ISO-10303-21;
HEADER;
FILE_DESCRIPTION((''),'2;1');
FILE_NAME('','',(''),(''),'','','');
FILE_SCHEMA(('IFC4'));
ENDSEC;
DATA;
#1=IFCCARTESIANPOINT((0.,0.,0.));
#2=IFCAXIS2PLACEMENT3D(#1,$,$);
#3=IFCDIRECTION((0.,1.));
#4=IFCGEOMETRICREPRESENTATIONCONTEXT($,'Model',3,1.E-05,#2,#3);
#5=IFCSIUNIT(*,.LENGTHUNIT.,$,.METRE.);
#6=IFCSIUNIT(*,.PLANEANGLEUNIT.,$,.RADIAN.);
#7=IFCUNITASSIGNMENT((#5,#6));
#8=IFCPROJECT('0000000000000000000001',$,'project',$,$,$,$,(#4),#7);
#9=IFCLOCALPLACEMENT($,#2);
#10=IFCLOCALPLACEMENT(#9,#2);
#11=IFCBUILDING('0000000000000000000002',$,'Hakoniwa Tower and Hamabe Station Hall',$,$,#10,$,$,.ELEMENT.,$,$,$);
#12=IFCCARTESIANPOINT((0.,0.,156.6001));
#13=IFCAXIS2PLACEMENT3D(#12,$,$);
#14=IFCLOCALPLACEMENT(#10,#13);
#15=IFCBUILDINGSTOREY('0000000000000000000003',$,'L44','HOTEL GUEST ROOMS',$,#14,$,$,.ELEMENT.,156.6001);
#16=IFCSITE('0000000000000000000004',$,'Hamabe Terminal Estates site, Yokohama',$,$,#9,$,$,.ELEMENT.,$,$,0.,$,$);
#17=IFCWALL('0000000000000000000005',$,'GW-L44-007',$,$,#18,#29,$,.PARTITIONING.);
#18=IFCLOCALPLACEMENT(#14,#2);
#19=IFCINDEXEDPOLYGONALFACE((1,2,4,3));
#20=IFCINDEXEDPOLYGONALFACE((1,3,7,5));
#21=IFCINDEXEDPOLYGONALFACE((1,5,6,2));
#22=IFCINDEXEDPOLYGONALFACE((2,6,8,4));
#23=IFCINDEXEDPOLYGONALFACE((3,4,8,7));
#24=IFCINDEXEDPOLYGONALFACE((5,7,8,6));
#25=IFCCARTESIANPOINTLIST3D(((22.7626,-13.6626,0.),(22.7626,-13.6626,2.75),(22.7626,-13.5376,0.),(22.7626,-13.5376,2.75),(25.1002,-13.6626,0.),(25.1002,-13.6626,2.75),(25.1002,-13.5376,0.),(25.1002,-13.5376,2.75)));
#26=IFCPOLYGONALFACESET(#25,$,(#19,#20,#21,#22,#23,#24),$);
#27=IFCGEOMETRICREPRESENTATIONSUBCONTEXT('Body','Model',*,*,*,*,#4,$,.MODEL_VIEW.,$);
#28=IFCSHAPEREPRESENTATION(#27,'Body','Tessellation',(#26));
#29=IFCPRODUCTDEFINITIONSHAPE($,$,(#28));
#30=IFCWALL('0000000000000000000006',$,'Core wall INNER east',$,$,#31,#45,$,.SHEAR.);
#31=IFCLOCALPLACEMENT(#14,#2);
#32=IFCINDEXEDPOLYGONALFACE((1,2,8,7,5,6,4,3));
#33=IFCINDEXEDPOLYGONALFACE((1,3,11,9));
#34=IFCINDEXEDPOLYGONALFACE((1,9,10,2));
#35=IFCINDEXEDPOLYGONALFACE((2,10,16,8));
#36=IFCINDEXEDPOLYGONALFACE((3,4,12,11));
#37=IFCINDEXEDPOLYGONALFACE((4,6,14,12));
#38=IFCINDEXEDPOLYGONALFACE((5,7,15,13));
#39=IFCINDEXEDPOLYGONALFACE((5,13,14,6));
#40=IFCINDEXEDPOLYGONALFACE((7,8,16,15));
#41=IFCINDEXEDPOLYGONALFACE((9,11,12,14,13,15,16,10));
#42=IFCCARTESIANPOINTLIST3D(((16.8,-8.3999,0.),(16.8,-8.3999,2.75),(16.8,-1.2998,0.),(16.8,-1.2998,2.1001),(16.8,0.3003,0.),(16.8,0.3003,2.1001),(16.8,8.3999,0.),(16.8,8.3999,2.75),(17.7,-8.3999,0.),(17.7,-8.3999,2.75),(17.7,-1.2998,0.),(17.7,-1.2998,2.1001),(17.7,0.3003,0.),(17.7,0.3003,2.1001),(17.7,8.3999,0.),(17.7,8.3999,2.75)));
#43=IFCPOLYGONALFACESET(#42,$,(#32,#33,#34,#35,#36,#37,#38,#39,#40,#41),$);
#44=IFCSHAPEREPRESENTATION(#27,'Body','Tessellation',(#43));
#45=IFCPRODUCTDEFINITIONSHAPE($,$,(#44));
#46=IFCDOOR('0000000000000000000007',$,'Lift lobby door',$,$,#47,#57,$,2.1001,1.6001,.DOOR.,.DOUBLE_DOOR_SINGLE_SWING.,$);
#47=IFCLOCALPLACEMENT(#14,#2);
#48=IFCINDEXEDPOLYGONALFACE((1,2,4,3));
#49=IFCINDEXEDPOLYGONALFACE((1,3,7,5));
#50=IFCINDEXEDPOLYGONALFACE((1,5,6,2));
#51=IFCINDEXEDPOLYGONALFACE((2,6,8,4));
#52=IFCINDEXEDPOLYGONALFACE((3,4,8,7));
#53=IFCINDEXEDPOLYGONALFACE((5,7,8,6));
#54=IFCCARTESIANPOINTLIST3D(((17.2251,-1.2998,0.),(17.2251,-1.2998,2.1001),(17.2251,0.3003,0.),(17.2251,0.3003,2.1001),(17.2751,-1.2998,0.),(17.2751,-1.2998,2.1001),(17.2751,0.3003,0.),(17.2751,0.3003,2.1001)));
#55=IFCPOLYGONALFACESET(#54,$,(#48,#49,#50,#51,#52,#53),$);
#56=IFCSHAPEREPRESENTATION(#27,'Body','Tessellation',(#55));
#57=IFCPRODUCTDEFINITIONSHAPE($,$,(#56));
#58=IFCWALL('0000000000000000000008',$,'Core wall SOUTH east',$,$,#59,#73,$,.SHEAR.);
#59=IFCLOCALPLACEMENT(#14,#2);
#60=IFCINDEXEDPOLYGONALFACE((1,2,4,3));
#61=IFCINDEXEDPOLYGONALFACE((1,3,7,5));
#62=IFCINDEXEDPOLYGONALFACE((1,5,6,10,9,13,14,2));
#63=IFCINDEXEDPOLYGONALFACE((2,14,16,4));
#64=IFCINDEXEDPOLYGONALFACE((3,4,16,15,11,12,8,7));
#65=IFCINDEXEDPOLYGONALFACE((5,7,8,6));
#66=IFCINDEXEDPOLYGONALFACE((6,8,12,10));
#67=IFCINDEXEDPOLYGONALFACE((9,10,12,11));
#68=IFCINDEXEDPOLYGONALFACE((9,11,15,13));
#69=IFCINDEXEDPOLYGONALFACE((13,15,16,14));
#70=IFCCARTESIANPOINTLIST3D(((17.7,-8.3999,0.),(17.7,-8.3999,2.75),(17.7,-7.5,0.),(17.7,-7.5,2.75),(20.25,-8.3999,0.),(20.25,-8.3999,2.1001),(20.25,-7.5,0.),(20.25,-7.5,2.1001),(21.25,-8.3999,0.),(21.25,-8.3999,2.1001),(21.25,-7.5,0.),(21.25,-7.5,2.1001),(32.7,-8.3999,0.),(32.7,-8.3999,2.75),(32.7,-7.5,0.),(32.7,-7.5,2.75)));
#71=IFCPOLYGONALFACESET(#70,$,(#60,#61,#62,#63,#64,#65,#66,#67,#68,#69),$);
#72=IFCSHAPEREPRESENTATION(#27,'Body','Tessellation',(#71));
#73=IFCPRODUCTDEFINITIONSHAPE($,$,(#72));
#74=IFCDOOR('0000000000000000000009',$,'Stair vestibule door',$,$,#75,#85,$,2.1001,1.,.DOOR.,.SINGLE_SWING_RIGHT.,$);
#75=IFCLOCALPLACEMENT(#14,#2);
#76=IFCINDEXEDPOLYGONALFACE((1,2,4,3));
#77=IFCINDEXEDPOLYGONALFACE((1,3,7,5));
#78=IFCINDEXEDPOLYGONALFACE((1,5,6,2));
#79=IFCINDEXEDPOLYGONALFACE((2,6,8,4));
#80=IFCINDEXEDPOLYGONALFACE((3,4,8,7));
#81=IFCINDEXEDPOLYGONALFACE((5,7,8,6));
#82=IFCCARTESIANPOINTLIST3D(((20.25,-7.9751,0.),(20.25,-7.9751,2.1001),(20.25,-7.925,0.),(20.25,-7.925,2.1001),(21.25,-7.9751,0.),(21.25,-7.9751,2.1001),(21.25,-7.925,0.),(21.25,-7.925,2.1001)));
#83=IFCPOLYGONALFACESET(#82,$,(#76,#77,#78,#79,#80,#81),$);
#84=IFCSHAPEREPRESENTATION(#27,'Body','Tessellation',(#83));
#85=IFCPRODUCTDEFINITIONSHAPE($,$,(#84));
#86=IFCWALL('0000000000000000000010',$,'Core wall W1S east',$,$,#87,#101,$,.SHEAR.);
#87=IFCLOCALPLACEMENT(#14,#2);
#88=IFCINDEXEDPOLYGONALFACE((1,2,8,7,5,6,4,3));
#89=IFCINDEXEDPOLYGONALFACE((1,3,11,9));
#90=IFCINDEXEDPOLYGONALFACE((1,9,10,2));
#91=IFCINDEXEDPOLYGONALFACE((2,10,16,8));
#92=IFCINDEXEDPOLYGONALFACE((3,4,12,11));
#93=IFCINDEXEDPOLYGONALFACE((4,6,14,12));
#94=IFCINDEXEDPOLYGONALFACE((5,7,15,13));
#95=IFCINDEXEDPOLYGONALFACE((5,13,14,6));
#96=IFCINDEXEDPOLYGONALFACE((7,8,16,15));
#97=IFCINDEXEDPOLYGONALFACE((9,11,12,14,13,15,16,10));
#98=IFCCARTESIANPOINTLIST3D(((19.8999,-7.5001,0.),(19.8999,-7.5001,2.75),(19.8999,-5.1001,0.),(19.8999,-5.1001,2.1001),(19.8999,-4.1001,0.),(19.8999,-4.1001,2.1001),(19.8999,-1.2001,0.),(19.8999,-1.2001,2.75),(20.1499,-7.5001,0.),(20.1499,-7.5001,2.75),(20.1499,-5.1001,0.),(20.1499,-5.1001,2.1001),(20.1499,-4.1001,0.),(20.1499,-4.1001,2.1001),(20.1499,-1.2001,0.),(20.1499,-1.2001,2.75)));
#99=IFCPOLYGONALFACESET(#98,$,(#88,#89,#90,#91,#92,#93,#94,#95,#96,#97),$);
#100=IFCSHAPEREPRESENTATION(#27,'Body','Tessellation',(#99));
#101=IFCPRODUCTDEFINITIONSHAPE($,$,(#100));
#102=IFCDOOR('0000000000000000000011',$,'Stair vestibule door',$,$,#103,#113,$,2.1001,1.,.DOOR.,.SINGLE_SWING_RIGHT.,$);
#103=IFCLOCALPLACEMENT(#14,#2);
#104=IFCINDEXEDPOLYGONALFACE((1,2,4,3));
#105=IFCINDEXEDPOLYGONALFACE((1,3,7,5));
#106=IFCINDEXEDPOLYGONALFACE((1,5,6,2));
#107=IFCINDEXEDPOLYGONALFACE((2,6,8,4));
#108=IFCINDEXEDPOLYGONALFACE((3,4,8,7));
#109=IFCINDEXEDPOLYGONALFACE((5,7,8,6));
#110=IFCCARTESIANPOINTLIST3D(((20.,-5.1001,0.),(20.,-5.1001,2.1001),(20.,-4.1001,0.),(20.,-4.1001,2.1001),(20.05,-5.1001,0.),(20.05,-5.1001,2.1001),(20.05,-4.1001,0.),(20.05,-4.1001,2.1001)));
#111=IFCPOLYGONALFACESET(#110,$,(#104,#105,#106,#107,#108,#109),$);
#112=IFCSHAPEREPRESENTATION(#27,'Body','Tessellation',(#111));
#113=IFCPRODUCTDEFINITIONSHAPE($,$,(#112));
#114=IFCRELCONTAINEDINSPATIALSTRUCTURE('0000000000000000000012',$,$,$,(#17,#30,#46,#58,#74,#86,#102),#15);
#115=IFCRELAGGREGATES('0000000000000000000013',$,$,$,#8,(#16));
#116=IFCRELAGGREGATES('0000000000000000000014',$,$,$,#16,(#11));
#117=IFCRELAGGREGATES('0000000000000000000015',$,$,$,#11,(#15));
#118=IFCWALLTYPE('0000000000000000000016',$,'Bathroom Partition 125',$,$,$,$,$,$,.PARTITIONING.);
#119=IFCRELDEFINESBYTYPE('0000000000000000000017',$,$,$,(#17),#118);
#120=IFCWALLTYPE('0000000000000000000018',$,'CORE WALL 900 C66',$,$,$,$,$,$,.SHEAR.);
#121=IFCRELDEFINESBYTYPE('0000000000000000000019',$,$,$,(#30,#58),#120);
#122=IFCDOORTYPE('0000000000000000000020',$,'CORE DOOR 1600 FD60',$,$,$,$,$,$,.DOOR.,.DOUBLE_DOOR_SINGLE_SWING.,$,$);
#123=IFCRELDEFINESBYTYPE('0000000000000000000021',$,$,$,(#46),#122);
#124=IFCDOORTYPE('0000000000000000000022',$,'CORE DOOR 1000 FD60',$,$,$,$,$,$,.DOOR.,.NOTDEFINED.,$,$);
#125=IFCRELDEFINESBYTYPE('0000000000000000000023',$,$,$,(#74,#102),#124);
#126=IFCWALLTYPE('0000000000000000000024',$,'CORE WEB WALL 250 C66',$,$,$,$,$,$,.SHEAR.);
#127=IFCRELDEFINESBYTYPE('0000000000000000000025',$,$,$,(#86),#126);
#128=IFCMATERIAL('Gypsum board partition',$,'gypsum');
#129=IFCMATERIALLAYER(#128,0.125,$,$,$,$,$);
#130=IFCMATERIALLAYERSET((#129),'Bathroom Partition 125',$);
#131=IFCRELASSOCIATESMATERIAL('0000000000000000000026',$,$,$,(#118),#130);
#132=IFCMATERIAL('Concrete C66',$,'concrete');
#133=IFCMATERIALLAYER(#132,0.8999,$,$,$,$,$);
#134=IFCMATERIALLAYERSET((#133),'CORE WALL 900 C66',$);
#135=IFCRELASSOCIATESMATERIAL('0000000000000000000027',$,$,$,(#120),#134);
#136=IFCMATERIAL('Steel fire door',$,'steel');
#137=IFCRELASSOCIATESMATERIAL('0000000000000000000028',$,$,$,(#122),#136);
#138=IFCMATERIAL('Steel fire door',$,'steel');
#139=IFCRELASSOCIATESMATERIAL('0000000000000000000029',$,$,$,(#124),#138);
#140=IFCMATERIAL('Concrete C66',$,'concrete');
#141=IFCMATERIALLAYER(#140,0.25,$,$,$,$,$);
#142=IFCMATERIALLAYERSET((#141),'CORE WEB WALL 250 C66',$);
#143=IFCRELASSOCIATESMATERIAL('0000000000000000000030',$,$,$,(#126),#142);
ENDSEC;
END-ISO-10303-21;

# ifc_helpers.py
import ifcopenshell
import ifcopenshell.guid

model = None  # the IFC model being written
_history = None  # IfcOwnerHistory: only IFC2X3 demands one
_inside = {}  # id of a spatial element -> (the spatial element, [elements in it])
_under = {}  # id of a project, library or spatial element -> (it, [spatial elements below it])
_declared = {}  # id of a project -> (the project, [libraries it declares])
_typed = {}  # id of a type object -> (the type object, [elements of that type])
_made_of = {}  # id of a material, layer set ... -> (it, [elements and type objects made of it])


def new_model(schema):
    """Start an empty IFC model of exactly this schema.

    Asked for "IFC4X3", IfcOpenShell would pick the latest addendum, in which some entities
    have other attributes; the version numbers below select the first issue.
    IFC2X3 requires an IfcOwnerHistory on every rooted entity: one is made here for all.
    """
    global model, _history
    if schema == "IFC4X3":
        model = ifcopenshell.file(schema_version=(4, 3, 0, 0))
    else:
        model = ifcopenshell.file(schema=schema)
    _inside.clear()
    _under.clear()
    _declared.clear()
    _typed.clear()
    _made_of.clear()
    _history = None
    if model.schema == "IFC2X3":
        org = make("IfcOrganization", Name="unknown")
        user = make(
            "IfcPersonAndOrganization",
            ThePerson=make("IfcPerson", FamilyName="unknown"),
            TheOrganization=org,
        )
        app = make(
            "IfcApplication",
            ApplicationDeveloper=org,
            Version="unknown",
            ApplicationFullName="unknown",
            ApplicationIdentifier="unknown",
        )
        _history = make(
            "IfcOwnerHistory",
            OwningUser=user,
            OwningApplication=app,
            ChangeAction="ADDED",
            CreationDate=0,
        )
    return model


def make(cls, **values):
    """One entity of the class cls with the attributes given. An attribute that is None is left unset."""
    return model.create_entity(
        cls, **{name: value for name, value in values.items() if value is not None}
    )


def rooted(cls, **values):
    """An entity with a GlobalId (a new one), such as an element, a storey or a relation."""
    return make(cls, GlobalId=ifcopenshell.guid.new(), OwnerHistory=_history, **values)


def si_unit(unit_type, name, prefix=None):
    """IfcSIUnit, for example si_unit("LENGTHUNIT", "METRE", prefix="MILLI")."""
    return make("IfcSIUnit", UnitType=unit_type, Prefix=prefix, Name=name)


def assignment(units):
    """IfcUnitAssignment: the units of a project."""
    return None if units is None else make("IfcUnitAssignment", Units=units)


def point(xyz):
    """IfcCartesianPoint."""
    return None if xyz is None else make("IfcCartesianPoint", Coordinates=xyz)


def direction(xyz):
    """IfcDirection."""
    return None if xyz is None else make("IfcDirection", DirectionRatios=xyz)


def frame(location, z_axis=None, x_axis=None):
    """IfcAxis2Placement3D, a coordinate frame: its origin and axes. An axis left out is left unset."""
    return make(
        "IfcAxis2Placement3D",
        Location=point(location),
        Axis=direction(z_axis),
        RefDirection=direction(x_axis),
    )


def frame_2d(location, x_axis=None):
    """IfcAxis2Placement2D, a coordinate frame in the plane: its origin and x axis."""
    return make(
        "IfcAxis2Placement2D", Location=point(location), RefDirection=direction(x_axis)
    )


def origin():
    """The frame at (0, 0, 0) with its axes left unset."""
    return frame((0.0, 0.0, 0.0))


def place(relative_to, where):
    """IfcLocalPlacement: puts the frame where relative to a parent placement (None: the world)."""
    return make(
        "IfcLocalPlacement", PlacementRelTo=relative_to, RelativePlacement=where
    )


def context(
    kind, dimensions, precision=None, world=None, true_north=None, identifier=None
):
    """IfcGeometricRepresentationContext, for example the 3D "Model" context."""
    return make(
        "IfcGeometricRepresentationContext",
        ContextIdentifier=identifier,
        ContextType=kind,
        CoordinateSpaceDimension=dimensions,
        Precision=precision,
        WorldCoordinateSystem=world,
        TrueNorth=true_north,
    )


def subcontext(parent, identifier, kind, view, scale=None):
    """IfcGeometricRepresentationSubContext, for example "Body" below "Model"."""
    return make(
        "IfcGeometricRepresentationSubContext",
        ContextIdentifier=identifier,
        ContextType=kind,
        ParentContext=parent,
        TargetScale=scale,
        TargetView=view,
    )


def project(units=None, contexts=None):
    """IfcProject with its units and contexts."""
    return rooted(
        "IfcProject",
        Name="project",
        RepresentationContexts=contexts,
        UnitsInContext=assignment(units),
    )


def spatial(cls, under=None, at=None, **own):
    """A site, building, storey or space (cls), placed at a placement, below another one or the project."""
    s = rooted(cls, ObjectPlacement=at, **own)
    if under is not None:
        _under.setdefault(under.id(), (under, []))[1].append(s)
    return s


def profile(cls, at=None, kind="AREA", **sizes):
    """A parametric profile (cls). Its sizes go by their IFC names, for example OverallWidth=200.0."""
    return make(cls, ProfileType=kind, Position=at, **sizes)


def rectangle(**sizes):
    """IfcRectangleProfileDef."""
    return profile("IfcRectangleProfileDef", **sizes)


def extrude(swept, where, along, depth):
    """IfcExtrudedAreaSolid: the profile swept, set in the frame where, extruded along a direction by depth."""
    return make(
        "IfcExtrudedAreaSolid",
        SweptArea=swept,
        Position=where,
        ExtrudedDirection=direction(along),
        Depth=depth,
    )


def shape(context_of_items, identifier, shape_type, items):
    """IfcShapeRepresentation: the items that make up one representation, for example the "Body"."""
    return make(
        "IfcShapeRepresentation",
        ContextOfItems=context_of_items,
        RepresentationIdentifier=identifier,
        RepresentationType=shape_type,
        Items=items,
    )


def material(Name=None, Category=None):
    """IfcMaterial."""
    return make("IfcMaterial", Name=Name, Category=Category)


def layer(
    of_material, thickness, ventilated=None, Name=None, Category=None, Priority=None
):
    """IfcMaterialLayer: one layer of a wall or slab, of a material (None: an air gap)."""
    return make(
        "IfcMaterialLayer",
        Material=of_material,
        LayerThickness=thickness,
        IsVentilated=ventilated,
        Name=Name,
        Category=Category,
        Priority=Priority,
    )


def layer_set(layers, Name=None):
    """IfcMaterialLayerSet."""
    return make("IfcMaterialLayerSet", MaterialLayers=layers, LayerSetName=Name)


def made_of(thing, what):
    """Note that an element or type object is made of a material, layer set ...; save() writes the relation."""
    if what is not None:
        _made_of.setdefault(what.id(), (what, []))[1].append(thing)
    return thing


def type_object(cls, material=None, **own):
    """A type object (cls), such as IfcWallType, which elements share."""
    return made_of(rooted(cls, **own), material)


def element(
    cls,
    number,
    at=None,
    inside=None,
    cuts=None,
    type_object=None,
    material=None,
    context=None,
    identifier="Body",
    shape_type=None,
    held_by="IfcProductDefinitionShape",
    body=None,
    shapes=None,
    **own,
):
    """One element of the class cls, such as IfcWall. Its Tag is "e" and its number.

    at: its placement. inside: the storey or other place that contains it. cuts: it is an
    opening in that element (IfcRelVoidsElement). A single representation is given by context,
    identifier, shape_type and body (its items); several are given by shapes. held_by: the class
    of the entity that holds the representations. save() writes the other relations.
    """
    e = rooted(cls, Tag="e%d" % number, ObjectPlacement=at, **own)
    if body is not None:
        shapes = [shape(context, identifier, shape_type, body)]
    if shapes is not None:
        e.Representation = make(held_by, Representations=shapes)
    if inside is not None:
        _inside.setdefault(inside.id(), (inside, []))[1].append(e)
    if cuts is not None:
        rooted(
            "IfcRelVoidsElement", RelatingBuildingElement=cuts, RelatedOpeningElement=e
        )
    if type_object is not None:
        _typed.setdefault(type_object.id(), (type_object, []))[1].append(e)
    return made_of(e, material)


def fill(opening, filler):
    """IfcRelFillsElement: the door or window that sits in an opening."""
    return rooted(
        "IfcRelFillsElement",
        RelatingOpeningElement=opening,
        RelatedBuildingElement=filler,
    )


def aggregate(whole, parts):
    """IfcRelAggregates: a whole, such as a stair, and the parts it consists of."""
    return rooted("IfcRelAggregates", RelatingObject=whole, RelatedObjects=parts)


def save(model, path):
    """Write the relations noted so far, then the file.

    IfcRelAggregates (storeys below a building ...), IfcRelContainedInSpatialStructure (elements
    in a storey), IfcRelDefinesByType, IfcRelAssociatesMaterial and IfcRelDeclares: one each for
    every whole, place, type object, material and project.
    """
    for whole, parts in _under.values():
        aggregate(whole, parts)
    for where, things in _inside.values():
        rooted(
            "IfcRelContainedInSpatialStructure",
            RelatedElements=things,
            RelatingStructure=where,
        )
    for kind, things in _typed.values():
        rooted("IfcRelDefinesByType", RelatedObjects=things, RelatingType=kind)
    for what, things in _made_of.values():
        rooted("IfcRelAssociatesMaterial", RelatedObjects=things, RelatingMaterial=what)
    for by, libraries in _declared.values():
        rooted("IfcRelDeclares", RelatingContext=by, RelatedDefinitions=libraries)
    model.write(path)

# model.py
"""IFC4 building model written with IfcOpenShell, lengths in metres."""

from ifc_helpers import new_model, si_unit, direction, frame, frame_2d, origin, place, context, subcontext, project, spatial, rectangle, extrude, material, layer, layer_set, type_object, element, fill, save


model = new_model("IFC4")

# Units and contexts
model_context = context("Model", 3, precision=1e-05, world=origin(), true_north=direction((0.0, 1.0)))
body_context = subcontext(model_context, "Body", "Model", "MODEL_VIEW")
ifc_project = project(units=[si_unit("LENGTHUNIT", "METRE"), si_unit("PLANEANGLEUNIT", "RADIAN")], contexts=[model_context])

# Site, building, storey
site_placement = place(None, origin())
site = spatial("IfcSite", under=ifc_project, at=site_placement, Name="Hamabe Terminal Estates site, Yokohama", CompositionType="ELEMENT", RefElevation=0.0)
building_placement = place(site_placement, origin())
building = spatial("IfcBuilding", under=site, at=building_placement, Name="Hakoniwa Tower and Hamabe Station Hall", CompositionType="ELEMENT")
storey_placement = place(building_placement, frame((0.0, 0.0, 156.6001)))
storey = spatial("IfcBuildingStorey", under=building, at=storey_placement, Name="L44", Description="HOTEL GUEST ROOMS", CompositionType="ELEMENT", Elevation=156.6001)

# Wall
ifc_material_1 = material(Name="Gypsum board partition", Category="gypsum")
ifc_layer_1 = layer(ifc_material_1, 0.125)
ifc_layer_set_1 = layer_set([ifc_layer_1], Name="Bathroom Partition 125")
wall_type_1 = type_object("IfcWallType", Name="Bathroom Partition 125", PredefinedType="PARTITIONING", material=ifc_layer_set_1)
wall_1_placement = place(storey_placement, frame((22.7625, -13.6001, 0.0), z_axis=(0.0, 0.0, 1.0), x_axis=(1.0, 0.0, 0.0)))
element("IfcWall", 1, at=wall_1_placement, inside=storey, type_object=wall_type_1, Name="GW-L44-007", PredefinedType="PARTITIONING", context=body_context, shape_type="SweptSolid", body=[
    extrude(rectangle(XDim=2.3376, YDim=0.125, at=frame_2d((1.1689, 0.0))), origin(), (0.0, 0.0, 1.0), 2.75),
])

# Walls, openings, doors
ifc_material_2 = material(Name="Concrete C66", Category="concrete")
ifc_layer_2 = layer(ifc_material_2, 0.8999)
ifc_layer_set_2 = layer_set([ifc_layer_2], Name="CORE WALL 900 C66")
wall_type_2 = type_object("IfcWallType", Name="CORE WALL 900 C66", PredefinedType="SHEAR", material=ifc_layer_set_2)
wall_2_placement = place(storey_placement, frame((17.25, -8.3999, 0.0), z_axis=(0.0, 0.0, 1.0), x_axis=(0.0, 1.0, 0.0)))
wall_2 = element("IfcWall", 2, at=wall_2_placement, inside=storey, type_object=wall_type_2, Name="Core wall INNER east", PredefinedType="SHEAR", context=body_context, shape_type="SweptSolid", body=[
    extrude(rectangle(XDim=16.7998, YDim=0.8999, at=frame_2d((8.3999, 0.0))), origin(), (0.0, 0.0, 1.0), 2.75),
])
opening_1_placement = place(wall_2_placement, frame((7.1001, 0.0, 0.0)))
opening_1 = element("IfcOpeningElement", 3, at=opening_1_placement, cuts=wall_2, PredefinedType="OPENING", context=body_context, shape_type="SweptSolid", body=[
    extrude(rectangle(XDim=1.6001, YDim=2.1001, at=frame_2d((0.8, 1.05))), frame((0.0, 0.46, 0.0), z_axis=(0.0, -1.0, 0.0), x_axis=(1.0, 0.0, 0.0)), (0.0, 0.0, 1.0), 0.9199),
])
ifc_material_3 = material(Name="Steel fire door", Category="steel")
door_type_1 = type_object("IfcDoorType", Name="CORE DOOR 1600 FD60", OperationType="DOUBLE_DOOR_SINGLE_SWING", PredefinedType="DOOR", material=ifc_material_3)
door_1_placement = place(opening_1_placement, origin())
door_1 = element("IfcDoor", 4, at=door_1_placement, inside=storey, type_object=door_type_1, Name="Lift lobby door", OperationType="DOUBLE_DOOR_SINGLE_SWING", OverallHeight=2.1001, OverallWidth=1.6001, PredefinedType="DOOR", context=body_context, shape_type="SweptSolid", body=[
    extrude(rectangle(XDim=1.6001, YDim=2.1001, at=frame_2d((0.8, 1.05))), frame((0.0, 0.0249, 0.0), z_axis=(0.0, -1.0, 0.0), x_axis=(1.0, 0.0, 0.0)), (0.0, 0.0, 1.0), 0.05),
])
fill(opening_1, door_1)
wall_3_placement = place(storey_placement, frame((17.7, -7.95, 0.0), z_axis=(0.0, 0.0, 1.0), x_axis=(1.0, 0.0, 0.0)))
wall_3 = element("IfcWall", 5, at=wall_3_placement, inside=storey, type_object=wall_type_2, Name="Core wall SOUTH east", PredefinedType="SHEAR", context=body_context, shape_type="SweptSolid", body=[
    extrude(rectangle(XDim=15.0, YDim=0.8999, at=frame_2d((7.5, 0.0))), origin(), (0.0, 0.0, 1.0), 2.75),
])
opening_2_placement = place(wall_3_placement, frame((2.55, 0.0, 0.0)))
opening_2 = element("IfcOpeningElement", 6, at=opening_2_placement, cuts=wall_3, PredefinedType="OPENING", context=body_context, shape_type="SweptSolid", body=[
    extrude(rectangle(XDim=1.0, YDim=2.1001, at=frame_2d((0.5, 1.05))), frame((0.0, 0.46, 0.0), z_axis=(0.0, -1.0, 0.0), x_axis=(1.0, 0.0, 0.0)), (0.0, 0.0, 1.0), 0.9199),
])
ifc_material_4 = material(Name="Steel fire door", Category="steel")
door_type_2 = type_object("IfcDoorType", Name="CORE DOOR 1000 FD60", OperationType="NOTDEFINED", PredefinedType="DOOR", material=ifc_material_4)
door_2_placement = place(opening_2_placement, origin())
door_2 = element("IfcDoor", 7, at=door_2_placement, inside=storey, type_object=door_type_2, Name="Stair vestibule door", OperationType="SINGLE_SWING_RIGHT", OverallHeight=2.1001, OverallWidth=1.0, PredefinedType="DOOR", context=body_context, shape_type="SweptSolid", body=[
    extrude(rectangle(XDim=1.0, YDim=2.1001, at=frame_2d((0.5, 1.05))), frame((0.0, 0.0249, 0.0), z_axis=(0.0, -1.0, 0.0), x_axis=(1.0, 0.0, 0.0)), (0.0, 0.0, 1.0), 0.05),
])
fill(opening_2, door_2)
ifc_material_5 = material(Name="Concrete C66", Category="concrete")
ifc_layer_3 = layer(ifc_material_5, 0.25)
ifc_layer_set_3 = layer_set([ifc_layer_3], Name="CORE WEB WALL 250 C66")
wall_type_3 = type_object("IfcWallType", Name="CORE WEB WALL 250 C66", PredefinedType="SHEAR", material=ifc_layer_set_3)
wall_4_placement = place(storey_placement, frame((20.0249, -7.5, 0.0), z_axis=(0.0, 0.0, 1.0), x_axis=(0.0, 1.0, 0.0)))
wall_4 = element("IfcWall", 8, at=wall_4_placement, inside=storey, type_object=wall_type_3, Name="Core wall W1S east", PredefinedType="SHEAR", context=body_context, shape_type="SweptSolid", body=[
    extrude(rectangle(XDim=6.3, YDim=0.25, at=frame_2d((3.1499, 0.0))), origin(), (0.0, 0.0, 1.0), 2.75),
])
opening_3_placement = place(wall_4_placement, frame((2.3999, 0.0, 0.0)))
opening_3 = element("IfcOpeningElement", 9, at=opening_3_placement, cuts=wall_4, PredefinedType="OPENING", context=body_context, shape_type="SweptSolid", body=[
    extrude(rectangle(XDim=1.0, YDim=2.1001, at=frame_2d((0.5, 1.05))), frame((0.0, 0.135, 0.0), z_axis=(0.0, -1.0, 0.0), x_axis=(1.0, 0.0, 0.0)), (0.0, 0.0, 1.0), 0.27),
])
door_3_placement = place(opening_3_placement, origin())
door_3 = element("IfcDoor", 10, at=door_3_placement, inside=storey, type_object=door_type_2, Name="Stair vestibule door", OperationType="SINGLE_SWING_RIGHT", OverallHeight=2.1001, OverallWidth=1.0, PredefinedType="DOOR", context=body_context, shape_type="SweptSolid", body=[
    extrude(rectangle(XDim=1.0, YDim=2.1001, at=frame_2d((0.5, 1.05))), frame((0.0, 0.0249, 0.0), z_axis=(0.0, -1.0, 0.0), x_axis=(1.0, 0.0, 0.0)), (0.0, 0.0, 1.0), 0.05),
])
fill(opening_3, door_3)

save(model, "model.ifc")
